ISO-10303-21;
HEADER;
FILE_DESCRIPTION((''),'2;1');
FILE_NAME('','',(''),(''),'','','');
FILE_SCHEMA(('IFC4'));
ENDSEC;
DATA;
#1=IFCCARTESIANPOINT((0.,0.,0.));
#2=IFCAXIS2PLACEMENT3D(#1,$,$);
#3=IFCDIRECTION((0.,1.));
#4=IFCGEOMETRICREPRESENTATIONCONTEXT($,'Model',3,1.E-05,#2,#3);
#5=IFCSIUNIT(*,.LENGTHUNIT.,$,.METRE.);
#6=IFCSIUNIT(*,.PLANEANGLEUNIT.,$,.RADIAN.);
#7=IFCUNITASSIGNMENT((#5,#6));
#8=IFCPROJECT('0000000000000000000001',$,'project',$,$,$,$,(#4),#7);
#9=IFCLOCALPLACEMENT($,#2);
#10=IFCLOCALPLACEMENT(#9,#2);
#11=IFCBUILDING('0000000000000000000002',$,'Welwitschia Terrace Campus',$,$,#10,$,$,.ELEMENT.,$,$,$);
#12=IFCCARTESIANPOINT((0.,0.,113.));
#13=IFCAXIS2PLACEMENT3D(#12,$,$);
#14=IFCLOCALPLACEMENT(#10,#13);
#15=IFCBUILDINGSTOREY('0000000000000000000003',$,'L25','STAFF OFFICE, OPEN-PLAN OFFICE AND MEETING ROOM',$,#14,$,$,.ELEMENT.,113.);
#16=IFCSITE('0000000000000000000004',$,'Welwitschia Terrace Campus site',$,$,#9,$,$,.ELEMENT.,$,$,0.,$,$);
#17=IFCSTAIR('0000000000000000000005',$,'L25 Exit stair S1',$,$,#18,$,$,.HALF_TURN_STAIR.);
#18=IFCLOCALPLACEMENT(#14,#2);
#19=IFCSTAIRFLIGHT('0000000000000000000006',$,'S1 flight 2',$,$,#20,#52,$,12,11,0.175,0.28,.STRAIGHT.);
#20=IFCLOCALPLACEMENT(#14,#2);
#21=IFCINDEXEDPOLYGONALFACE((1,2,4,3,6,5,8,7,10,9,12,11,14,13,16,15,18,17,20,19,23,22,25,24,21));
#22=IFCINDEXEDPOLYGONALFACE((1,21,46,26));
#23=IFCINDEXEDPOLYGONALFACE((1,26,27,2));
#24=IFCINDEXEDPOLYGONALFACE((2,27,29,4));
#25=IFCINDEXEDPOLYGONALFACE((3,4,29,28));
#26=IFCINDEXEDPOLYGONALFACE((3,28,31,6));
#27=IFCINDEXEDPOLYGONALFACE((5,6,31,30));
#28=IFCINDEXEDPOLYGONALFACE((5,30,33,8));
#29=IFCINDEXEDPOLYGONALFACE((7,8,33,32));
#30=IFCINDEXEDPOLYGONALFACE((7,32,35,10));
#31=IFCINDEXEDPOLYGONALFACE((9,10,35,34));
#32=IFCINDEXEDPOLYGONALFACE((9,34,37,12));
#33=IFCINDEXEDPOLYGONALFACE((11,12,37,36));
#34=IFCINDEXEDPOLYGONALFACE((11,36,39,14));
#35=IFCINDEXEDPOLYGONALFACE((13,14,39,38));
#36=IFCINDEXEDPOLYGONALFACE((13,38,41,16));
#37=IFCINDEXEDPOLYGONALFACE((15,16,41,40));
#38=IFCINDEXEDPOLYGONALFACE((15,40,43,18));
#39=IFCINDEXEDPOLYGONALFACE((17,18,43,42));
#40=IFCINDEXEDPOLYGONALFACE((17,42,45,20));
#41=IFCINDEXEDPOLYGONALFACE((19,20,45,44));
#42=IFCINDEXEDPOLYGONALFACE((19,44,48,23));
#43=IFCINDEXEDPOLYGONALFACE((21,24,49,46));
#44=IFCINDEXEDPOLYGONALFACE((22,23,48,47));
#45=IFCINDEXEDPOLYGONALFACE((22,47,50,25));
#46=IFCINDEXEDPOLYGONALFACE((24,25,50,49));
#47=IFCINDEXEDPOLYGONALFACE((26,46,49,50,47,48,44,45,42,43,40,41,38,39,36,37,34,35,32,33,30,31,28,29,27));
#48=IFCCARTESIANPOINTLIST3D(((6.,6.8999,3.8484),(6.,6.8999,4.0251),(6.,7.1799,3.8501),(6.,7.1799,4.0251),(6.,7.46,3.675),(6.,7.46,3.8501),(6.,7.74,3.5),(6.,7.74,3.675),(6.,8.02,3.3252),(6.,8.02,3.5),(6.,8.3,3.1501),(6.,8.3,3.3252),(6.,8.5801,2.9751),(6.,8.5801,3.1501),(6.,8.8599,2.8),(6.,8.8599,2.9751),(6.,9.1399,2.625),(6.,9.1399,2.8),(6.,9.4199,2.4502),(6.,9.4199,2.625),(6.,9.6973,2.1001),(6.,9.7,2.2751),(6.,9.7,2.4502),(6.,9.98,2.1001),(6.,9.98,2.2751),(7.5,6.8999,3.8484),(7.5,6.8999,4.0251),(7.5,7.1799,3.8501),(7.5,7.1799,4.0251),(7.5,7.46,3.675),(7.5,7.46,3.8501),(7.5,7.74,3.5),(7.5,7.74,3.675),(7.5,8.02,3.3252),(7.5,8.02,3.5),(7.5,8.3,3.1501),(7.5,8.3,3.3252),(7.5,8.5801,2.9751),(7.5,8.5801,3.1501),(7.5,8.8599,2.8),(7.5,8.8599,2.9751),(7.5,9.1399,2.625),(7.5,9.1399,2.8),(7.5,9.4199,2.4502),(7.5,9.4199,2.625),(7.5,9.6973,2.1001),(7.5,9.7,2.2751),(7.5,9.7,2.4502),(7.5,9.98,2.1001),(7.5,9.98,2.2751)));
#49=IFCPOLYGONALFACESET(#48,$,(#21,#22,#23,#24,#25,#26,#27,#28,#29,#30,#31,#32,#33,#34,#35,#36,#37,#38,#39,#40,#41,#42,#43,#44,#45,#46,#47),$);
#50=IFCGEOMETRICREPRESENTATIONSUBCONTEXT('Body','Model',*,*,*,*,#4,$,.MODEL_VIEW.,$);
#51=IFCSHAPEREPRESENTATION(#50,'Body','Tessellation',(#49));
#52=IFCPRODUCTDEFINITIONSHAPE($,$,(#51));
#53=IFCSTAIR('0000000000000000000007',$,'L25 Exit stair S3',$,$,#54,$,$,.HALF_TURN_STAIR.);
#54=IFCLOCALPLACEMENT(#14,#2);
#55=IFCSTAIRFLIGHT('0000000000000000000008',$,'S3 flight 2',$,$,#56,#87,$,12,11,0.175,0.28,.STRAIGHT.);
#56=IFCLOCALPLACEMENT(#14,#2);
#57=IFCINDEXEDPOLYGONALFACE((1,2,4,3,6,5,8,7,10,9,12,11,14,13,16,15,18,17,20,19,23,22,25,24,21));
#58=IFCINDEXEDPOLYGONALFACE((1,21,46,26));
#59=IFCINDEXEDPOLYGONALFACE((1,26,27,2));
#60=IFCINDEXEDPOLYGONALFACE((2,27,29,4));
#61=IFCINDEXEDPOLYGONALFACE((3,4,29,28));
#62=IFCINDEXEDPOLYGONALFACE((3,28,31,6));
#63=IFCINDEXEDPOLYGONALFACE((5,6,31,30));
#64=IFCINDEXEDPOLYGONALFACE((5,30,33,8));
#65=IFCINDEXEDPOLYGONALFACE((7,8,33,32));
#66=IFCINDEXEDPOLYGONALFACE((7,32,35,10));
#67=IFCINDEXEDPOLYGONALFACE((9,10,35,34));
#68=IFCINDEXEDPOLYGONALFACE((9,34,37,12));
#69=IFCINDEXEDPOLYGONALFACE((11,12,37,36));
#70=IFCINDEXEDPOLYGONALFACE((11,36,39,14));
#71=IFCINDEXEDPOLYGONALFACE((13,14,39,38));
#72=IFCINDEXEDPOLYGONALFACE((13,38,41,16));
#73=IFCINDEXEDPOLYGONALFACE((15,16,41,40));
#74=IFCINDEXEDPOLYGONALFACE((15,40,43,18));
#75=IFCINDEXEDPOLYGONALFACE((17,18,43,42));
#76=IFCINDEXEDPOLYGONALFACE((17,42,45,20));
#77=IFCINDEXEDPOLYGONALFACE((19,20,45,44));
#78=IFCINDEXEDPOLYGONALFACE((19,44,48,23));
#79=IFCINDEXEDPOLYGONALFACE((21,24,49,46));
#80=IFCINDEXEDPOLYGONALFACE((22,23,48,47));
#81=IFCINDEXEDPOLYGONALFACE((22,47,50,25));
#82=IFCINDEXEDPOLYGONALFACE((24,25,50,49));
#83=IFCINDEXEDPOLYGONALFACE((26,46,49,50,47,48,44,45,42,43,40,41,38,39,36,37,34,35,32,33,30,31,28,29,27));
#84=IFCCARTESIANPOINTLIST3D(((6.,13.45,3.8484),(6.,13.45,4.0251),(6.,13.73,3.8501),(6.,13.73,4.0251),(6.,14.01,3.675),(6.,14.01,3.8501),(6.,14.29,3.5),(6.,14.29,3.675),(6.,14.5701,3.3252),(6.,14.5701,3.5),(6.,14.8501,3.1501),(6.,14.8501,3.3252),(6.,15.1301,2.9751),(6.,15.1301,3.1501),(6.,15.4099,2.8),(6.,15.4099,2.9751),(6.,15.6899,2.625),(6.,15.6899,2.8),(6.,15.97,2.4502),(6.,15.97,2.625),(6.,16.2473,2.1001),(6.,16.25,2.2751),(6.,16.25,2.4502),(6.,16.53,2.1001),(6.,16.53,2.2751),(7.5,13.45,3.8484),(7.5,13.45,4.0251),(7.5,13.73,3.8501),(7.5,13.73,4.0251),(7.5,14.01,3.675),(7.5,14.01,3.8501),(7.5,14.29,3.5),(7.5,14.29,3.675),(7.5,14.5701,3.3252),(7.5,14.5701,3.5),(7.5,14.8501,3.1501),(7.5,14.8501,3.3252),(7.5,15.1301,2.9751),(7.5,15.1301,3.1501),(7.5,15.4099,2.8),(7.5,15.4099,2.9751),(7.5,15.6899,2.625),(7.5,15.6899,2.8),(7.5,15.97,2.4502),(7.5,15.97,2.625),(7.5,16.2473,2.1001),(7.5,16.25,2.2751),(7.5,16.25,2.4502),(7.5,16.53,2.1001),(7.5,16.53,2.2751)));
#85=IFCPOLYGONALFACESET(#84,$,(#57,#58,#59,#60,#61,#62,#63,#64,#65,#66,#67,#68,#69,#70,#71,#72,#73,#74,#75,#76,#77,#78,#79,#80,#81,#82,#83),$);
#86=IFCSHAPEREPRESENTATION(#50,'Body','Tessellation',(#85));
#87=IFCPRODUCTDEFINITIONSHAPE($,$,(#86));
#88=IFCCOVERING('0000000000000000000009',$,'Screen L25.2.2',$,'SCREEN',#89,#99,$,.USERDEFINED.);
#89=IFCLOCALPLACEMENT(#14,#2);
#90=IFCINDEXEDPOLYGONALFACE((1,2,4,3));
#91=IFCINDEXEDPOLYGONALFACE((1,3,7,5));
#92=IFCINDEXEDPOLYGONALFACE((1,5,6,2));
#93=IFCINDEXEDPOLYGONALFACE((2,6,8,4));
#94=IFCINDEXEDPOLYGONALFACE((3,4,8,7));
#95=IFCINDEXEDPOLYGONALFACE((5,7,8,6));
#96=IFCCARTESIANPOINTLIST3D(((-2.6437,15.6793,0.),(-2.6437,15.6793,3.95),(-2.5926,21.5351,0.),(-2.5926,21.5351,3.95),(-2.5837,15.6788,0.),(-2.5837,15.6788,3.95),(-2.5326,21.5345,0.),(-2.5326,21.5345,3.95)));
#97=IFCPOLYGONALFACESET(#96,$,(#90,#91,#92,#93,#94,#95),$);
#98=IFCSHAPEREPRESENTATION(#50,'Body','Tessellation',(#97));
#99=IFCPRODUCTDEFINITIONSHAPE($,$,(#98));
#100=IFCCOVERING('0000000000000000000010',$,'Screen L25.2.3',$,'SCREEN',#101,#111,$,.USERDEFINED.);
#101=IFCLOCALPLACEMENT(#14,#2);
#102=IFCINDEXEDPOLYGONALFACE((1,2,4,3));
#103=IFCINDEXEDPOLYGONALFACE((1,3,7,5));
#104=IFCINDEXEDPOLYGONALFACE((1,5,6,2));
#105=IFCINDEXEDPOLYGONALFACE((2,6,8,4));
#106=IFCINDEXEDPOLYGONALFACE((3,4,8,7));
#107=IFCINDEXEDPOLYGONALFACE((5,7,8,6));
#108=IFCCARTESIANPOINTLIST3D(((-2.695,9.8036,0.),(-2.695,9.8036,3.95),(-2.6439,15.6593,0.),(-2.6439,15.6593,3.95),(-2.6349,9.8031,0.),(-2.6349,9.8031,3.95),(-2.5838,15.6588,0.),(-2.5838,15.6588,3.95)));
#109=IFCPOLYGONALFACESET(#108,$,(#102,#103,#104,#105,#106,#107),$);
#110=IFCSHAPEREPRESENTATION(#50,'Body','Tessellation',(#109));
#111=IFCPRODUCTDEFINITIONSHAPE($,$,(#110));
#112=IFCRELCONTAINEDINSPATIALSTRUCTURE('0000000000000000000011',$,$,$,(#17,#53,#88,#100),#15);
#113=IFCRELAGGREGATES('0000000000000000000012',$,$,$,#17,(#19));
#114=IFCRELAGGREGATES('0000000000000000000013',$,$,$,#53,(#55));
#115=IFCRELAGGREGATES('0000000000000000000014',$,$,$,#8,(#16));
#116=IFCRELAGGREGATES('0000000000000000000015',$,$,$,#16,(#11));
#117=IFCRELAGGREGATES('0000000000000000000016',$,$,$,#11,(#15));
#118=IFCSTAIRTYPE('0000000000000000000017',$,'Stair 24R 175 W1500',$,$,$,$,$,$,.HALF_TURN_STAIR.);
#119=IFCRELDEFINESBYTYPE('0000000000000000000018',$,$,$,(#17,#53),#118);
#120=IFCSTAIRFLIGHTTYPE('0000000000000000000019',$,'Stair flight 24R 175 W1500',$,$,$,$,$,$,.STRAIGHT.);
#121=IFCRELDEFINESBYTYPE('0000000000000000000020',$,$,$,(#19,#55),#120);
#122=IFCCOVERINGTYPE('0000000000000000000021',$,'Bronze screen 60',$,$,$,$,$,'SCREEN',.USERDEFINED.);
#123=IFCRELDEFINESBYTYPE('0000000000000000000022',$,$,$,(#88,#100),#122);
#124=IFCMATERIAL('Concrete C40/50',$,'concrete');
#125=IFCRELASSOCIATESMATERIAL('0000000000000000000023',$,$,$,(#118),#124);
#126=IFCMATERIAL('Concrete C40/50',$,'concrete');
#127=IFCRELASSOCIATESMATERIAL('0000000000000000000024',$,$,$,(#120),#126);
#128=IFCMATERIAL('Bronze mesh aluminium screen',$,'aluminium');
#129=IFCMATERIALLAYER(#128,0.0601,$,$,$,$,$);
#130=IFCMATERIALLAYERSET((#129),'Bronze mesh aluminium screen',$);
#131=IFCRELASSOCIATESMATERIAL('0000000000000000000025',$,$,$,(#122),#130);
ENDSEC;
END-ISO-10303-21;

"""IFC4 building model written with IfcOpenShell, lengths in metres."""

from ifc_helpers import new_model, si_unit, direction, frame, origin, origin_2d, place, context, subcontext, project, spatial, polyline, rectangle, outline, extrude, material, layer, layer_set, type_object, element, aggregate, save


model = new_model("IFC4")

# Units and contexts
model_context = context("Model", 3, precision=1e-05, world=origin(), true_north=direction((0.0, 1.0)))
body_context = subcontext(model_context, "Body", "Model", "MODEL_VIEW")
ifc_project = project(units=[si_unit("LENGTHUNIT", "METRE"), si_unit("PLANEANGLEUNIT", "RADIAN")], contexts=[model_context])

# Site, building, storey
site_placement = place(None, origin())
site = spatial("IfcSite", under=ifc_project, at=site_placement, Name="Welwitschia Terrace Campus site", CompositionType="ELEMENT", RefElevation=0.0)
building_placement = place(site_placement, origin())
building = spatial("IfcBuilding", under=site, at=building_placement, Name="Welwitschia Terrace Campus", CompositionType="ELEMENT")
storey_placement = place(building_placement, frame((0.0, 0.0, 113.0)))
storey = spatial("IfcBuildingStorey", under=building, at=storey_placement, Name="L25", Description="STAFF OFFICE, OPEN-PLAN OFFICE AND MEETING ROOM", CompositionType="ELEMENT", Elevation=113.0)

# Stairs, stair flights
ifc_material_1 = material(Name="Concrete C40/50", Category="concrete")
stair_type = type_object("IfcStairType", Name="Stair 24R 175 W1500", PredefinedType="HALF_TURN_STAIR", material=ifc_material_1)
stair_1_placement = place(storey_placement, origin())
stair_1 = element("IfcStair", 1, at=stair_1_placement, inside=storey, type_object=stair_type, Name="L25 Exit stair S1", PredefinedType="HALF_TURN_STAIR")
ifc_material_2 = material(Name="Concrete C40/50", Category="concrete")
stair_flight_type = type_object("IfcStairFlightType", Name="Stair flight 24R 175 W1500", PredefinedType="STRAIGHT", material=ifc_material_2)
stair_flight_1_placement = place(storey_placement, frame((6.75, 9.98, 2.1001), z_axis=(0.0, 0.0, 1.0), x_axis=(0.0, -1.0, 0.0)))
stair_flight_1 = element("IfcStairFlight", 2, at=stair_flight_1_placement, type_object=stair_flight_type, Name="S1 flight 2", NumberOfRisers=12, NumberOfTreads=11, PredefinedType="STRAIGHT", RiserHeight=0.175, TreadLength=0.28, context=body_context, shape_type="SweptSolid", body=[
    extrude(outline(polyline([(0.0, 0.0), (0.0, 0.175), (0.28, 0.175), (0.28, 0.3501), (0.5601, 0.3501), (0.5601, 0.5249), (0.8401, 0.5249), (0.8401, 0.7), (1.1201, 0.7), (1.1201, 0.875), (1.3999, 0.875), (1.3999, 1.05), (1.6799, 1.05), (1.6799, 1.2251), (1.96, 1.2251), (1.96, 1.3999), (2.24, 1.3999), (2.24, 1.575), (2.52, 1.575), (2.52, 1.75), (2.8, 1.75), (2.8, 1.925), (3.0801, 1.925), (3.0801, 2.1001), (3.0801, 1.7483), (0.2827, 0.0), (0.0, 0.0)])), frame((0.0, 0.75, 0.0), z_axis=(0.0, -1.0, 0.0), x_axis=(1.0, 0.0, 0.0)), (0.0, 0.0, 1.0), 1.5),
])
aggregate(stair_1, [stair_flight_1])
stair_2_placement = place(storey_placement, origin())
stair_2 = element("IfcStair", 3, at=stair_2_placement, inside=storey, type_object=stair_type, Name="L25 Exit stair S3", PredefinedType="HALF_TURN_STAIR")
stair_flight_2_placement = place(storey_placement, frame((6.75, 16.53, 2.1001), z_axis=(0.0, 0.0, 1.0), x_axis=(0.0, -1.0, 0.0)))
stair_flight_2 = element("IfcStairFlight", 4, at=stair_flight_2_placement, type_object=stair_flight_type, Name="S3 flight 2", NumberOfRisers=12, NumberOfTreads=11, PredefinedType="STRAIGHT", RiserHeight=0.175, TreadLength=0.28, context=body_context, shape_type="SweptSolid", body=[
    extrude(outline(polyline([(0.0, 0.0), (0.0, 0.175), (0.28, 0.175), (0.28, 0.3501), (0.5601, 0.3501), (0.5601, 0.5249), (0.8401, 0.5249), (0.8401, 0.7), (1.1201, 0.7), (1.1201, 0.875), (1.3999, 0.875), (1.3999, 1.05), (1.6799, 1.05), (1.6799, 1.2251), (1.96, 1.2251), (1.96, 1.3999), (2.24, 1.3999), (2.24, 1.575), (2.52, 1.575), (2.52, 1.75), (2.8, 1.75), (2.8, 1.925), (3.0801, 1.925), (3.0801, 2.1001), (3.0801, 1.7483), (0.2827, 0.0), (0.0, 0.0)])), frame((0.0, 0.75, 0.0), z_axis=(0.0, -1.0, 0.0), x_axis=(1.0, 0.0, 0.0)), (0.0, 0.0, 1.0), 1.5),
])
aggregate(stair_2, [stair_flight_2])

# Coverings
ifc_material_3 = material(Name="Bronze mesh aluminium screen", Category="aluminium")
ifc_layer_1 = layer(ifc_material_3, 0.0601)
ifc_layer_set_1 = layer_set([ifc_layer_1], Name="Bronze mesh aluminium screen")
covering_type = type_object("IfcCoveringType", Name="Bronze screen 60", ElementType="SCREEN", PredefinedType="USERDEFINED", material=ifc_layer_set_1)
for number, where, z_axis, x_axis, name in (
    (5, (-2.5881, 18.6069, 0.0), (0.0, 0.0, 1.0), (-0.008727, -0.999962, 0.0), "Screen L25.2.2"),
    (6, (-2.6394, 12.7312, 0.0), (0.0, 0.0, 1.0), (-0.008727, -0.999962, 0.0), "Screen L25.2.3"),
):
    element("IfcCovering", number, at=place(storey_placement, frame(where, z_axis=z_axis, x_axis=x_axis)), inside=storey, type_object=covering_type, Name=name, ObjectType="SCREEN", PredefinedType="USERDEFINED", context=body_context, shape_type="SweptSolid", body=[
        extrude(rectangle(XDim=5.856, YDim=0.0601, at=origin_2d()), origin(), (0.0, 0.0, 1.0), 3.95),
    ])

save(model, "model.ifc")
